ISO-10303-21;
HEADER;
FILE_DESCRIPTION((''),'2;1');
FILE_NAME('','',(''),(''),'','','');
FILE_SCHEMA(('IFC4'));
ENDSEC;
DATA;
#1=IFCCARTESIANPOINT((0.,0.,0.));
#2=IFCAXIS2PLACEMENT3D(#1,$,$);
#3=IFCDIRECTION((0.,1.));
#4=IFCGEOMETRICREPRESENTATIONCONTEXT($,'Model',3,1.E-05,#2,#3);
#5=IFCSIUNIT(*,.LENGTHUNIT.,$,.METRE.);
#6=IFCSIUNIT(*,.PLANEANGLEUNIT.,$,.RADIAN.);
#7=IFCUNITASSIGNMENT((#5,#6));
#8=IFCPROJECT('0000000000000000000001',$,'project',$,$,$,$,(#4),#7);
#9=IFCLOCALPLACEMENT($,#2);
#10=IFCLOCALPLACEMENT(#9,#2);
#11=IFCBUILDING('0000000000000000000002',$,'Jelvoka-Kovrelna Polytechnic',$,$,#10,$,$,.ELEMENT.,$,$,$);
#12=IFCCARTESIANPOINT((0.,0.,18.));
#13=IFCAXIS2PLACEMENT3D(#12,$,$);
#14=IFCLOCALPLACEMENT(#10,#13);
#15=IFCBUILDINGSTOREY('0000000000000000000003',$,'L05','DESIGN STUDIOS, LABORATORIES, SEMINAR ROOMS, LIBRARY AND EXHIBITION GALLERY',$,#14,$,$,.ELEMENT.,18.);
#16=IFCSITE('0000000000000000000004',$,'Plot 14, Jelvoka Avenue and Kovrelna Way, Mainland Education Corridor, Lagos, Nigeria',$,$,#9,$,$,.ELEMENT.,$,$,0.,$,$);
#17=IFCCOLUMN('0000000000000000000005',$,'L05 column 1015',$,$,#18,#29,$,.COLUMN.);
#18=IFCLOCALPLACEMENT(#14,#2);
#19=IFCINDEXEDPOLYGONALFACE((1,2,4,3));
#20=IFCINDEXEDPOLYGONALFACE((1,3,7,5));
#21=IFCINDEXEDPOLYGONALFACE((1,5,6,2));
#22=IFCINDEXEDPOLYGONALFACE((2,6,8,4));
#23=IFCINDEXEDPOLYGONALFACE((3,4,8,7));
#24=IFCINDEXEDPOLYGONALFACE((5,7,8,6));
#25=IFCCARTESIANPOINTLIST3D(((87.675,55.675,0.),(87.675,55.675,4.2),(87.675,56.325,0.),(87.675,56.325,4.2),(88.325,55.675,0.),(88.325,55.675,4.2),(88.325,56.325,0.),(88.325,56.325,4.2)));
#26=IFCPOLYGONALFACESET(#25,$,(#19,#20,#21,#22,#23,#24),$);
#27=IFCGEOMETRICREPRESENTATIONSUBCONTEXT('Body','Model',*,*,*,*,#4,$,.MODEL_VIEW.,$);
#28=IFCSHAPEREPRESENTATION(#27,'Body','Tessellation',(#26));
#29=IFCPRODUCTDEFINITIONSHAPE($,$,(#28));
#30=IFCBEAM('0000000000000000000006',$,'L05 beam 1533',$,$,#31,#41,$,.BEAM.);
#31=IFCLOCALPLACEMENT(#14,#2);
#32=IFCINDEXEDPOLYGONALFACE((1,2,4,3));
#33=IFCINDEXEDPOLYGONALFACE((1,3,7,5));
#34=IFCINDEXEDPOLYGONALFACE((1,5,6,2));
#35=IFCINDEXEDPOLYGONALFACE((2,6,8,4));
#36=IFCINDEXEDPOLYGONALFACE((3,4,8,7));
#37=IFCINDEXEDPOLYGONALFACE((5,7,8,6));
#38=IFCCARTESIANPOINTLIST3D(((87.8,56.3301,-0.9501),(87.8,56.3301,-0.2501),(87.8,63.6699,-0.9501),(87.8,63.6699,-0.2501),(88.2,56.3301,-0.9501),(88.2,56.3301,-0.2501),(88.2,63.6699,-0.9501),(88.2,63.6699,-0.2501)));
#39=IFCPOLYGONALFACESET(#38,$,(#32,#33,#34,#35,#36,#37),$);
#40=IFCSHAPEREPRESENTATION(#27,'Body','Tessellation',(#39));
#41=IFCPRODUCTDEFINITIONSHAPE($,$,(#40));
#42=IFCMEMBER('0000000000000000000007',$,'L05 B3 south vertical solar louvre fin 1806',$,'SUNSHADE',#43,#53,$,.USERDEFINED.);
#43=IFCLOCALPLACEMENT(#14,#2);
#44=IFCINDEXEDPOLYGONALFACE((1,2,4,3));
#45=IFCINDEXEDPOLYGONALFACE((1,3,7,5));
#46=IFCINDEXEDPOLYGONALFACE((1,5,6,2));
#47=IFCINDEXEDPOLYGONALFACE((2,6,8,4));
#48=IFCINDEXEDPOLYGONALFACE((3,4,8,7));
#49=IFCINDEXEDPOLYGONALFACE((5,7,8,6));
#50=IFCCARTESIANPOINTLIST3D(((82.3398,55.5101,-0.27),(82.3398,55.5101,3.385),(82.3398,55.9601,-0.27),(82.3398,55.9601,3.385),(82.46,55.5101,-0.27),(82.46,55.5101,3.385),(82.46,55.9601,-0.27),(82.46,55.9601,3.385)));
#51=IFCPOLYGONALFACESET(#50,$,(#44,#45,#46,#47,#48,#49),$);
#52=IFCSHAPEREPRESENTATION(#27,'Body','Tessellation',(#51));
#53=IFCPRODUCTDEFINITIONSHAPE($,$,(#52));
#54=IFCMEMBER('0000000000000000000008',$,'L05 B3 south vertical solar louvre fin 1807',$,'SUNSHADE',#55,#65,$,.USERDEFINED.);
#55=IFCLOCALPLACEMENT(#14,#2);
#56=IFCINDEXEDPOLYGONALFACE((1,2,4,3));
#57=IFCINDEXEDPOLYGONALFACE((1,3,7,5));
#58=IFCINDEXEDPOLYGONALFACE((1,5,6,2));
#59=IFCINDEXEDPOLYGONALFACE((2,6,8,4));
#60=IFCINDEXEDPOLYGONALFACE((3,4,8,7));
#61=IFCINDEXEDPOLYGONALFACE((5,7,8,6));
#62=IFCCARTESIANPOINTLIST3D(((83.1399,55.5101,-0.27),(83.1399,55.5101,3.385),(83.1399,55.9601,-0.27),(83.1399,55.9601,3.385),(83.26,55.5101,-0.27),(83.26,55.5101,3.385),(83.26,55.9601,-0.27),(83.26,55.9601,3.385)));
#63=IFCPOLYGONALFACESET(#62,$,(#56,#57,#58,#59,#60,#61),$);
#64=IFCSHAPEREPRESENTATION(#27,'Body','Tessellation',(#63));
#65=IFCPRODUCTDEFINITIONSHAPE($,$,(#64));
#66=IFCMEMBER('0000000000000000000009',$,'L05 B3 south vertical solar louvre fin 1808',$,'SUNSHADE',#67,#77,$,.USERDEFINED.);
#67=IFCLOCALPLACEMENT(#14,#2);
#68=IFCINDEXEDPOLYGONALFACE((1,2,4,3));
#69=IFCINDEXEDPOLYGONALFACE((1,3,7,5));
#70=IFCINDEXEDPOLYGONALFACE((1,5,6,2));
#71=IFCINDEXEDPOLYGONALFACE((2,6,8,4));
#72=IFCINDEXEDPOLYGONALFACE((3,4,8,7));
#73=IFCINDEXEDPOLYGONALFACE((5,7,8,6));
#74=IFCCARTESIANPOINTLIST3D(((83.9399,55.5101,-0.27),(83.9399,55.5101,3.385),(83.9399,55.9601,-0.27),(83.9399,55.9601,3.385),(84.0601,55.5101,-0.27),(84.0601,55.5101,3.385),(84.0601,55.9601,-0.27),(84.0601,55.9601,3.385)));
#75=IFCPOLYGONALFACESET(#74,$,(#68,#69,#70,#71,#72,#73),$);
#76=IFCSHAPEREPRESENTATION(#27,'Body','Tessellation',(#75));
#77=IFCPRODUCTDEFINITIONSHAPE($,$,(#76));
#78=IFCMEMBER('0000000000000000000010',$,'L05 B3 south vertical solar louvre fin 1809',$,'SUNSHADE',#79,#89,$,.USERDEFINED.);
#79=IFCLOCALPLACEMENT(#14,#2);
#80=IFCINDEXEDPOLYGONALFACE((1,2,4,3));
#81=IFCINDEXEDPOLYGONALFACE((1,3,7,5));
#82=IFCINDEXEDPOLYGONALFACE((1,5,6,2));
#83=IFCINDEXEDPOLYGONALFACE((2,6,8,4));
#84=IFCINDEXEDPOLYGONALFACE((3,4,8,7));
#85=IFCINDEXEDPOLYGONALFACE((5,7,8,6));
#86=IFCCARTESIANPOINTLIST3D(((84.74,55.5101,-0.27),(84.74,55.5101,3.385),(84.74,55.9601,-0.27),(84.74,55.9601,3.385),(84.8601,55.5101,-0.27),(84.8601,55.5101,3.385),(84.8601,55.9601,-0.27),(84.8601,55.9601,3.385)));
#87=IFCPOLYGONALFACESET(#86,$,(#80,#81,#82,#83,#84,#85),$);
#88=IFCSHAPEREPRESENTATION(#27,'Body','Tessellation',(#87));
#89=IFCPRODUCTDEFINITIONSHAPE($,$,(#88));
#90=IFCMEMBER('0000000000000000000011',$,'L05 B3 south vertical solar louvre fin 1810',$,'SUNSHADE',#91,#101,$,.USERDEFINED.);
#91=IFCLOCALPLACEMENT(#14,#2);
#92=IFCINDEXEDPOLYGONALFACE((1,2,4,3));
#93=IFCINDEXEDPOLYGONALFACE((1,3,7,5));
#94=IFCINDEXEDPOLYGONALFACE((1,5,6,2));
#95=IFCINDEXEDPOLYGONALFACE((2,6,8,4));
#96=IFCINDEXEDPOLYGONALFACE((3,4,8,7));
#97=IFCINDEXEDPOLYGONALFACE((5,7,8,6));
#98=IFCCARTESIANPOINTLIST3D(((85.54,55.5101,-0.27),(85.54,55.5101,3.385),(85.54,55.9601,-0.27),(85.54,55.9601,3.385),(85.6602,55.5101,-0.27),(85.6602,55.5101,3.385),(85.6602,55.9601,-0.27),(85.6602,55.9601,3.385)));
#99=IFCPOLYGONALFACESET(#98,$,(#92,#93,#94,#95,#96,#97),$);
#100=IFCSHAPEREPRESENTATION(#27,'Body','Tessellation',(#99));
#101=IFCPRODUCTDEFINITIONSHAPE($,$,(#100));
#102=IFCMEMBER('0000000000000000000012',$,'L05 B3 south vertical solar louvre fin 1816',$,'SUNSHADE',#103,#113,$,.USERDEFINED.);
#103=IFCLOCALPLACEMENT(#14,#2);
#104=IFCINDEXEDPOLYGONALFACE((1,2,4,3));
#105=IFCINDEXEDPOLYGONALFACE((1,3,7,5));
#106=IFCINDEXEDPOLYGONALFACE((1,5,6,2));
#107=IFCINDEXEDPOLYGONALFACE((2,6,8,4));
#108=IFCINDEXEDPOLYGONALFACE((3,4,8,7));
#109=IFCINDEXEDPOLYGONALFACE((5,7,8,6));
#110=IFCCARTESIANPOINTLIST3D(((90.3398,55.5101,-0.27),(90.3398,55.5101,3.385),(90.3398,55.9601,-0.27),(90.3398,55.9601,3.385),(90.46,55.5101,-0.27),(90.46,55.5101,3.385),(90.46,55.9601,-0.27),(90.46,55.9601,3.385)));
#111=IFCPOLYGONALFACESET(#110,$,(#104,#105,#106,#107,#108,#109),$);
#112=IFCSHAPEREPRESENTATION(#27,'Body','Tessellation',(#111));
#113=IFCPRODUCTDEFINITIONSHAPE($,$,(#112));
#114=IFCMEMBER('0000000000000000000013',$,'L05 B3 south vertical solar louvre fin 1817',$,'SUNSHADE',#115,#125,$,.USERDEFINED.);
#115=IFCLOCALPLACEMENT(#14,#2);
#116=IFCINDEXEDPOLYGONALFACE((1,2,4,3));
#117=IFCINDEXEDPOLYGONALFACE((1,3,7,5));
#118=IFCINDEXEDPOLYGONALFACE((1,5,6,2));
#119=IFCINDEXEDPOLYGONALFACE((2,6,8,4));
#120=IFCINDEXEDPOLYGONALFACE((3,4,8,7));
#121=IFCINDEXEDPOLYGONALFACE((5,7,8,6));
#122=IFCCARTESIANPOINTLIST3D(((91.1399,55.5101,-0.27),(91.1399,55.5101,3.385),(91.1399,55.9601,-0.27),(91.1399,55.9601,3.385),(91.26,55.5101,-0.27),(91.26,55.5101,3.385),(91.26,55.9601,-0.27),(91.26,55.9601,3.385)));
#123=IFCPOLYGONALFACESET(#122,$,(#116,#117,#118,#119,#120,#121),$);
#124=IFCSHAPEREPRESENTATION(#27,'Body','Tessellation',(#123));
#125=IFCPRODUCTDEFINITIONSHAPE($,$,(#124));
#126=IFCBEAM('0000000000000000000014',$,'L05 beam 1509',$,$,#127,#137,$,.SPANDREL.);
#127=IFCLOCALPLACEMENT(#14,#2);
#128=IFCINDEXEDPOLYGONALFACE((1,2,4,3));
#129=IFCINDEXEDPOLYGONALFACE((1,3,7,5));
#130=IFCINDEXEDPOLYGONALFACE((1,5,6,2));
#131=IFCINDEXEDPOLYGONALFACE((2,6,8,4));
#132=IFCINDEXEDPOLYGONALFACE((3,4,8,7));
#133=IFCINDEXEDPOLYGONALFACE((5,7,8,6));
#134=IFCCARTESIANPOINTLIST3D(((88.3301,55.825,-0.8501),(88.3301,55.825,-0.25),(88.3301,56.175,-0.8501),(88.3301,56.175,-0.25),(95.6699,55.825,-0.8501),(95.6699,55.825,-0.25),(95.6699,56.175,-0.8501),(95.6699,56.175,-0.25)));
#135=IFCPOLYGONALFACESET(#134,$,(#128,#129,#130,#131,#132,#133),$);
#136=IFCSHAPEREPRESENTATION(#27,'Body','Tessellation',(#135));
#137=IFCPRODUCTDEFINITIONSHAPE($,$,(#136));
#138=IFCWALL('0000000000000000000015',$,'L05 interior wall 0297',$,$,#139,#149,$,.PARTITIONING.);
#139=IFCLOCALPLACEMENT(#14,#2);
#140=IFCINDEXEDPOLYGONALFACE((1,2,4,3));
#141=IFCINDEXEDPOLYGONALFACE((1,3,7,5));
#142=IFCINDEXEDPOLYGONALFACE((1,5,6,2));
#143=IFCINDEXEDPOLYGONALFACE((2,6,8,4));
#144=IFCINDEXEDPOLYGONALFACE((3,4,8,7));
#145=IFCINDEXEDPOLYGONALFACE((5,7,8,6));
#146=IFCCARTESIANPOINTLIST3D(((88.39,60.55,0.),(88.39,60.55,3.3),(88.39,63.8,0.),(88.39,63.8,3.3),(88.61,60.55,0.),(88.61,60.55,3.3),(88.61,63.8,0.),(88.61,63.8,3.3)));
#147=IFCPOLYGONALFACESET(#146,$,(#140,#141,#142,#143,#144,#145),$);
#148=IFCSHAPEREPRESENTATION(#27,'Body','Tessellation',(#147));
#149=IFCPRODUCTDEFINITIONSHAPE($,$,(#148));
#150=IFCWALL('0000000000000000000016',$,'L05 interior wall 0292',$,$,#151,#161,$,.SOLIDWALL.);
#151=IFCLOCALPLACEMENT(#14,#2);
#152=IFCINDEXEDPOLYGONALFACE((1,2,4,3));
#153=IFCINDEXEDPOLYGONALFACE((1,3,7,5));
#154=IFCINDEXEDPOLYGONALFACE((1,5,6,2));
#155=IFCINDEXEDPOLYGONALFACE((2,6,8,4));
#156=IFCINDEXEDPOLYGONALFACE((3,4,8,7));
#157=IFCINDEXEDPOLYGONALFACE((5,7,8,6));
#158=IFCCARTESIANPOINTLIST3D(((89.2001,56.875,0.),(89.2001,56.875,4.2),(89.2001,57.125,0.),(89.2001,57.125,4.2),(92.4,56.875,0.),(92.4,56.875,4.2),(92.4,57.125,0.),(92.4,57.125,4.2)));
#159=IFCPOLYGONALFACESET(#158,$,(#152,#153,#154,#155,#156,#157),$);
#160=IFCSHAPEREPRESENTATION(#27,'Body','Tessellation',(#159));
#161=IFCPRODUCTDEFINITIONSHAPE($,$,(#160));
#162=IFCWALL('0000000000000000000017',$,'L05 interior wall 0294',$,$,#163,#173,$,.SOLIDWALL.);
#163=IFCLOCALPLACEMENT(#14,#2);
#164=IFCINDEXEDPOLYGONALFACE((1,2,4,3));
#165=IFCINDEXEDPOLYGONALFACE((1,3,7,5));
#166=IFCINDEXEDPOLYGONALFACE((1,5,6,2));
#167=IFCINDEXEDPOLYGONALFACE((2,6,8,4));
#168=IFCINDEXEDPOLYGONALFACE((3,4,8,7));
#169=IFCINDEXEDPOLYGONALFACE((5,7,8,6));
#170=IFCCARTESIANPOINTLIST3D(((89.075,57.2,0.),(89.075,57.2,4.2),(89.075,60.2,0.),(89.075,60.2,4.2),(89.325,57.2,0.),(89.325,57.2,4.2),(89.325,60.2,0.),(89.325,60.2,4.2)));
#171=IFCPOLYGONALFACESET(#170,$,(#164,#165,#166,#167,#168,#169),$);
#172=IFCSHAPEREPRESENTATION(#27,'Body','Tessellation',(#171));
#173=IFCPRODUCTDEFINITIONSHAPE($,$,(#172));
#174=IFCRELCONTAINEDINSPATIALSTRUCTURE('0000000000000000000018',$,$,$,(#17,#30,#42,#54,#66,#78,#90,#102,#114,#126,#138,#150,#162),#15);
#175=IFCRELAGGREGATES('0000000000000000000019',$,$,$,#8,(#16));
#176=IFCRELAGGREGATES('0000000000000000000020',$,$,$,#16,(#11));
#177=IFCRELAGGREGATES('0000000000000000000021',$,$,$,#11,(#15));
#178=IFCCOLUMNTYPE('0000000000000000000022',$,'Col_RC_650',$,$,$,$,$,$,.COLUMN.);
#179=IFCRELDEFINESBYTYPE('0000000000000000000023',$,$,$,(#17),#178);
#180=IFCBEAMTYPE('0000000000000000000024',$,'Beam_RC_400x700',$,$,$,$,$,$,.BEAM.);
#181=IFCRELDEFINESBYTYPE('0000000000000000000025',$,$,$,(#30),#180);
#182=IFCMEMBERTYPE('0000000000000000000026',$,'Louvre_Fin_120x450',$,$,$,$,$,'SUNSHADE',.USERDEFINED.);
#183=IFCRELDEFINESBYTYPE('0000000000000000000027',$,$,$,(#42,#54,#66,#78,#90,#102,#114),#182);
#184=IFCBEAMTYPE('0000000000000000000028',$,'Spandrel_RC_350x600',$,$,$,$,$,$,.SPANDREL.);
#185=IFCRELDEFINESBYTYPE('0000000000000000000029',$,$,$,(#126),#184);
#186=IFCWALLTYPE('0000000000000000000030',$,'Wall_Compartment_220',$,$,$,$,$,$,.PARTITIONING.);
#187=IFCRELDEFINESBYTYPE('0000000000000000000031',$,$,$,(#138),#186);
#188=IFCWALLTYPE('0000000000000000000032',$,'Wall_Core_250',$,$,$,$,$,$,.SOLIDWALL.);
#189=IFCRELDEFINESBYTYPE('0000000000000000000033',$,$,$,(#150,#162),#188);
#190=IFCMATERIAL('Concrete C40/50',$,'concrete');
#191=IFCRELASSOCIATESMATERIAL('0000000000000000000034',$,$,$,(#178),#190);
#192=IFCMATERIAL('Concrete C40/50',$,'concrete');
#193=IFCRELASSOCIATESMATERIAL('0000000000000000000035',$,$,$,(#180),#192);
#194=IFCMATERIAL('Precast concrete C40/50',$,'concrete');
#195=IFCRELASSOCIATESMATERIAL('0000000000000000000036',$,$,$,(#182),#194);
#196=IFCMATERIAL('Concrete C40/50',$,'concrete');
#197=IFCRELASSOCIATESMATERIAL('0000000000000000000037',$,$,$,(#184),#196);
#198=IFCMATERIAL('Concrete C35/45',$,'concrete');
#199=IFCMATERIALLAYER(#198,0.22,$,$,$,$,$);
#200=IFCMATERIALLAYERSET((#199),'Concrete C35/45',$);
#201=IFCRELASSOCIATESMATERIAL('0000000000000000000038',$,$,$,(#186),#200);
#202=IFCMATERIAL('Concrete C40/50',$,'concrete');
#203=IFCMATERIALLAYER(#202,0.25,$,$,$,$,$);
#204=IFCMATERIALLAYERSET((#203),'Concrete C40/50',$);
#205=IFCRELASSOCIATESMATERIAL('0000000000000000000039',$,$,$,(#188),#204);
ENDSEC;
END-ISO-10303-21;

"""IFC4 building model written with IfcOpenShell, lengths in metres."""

from ifc_helpers import new_model, si_unit, direction, frame, frame_2d, origin, origin_2d, place, context, subcontext, project, spatial, rectangle, extrude, material, layer, layer_set, material_profile, profile_set, type_object, element, save


model = new_model("IFC4")

# Units and contexts
model_context = context("Model", 3, precision=1e-05, world=origin(), true_north=direction((0.0, 1.0)))
body_context = subcontext(model_context, "Body", "Model", "MODEL_VIEW")
ifc_project = project(units=[si_unit("LENGTHUNIT", "METRE"), si_unit("PLANEANGLEUNIT", "RADIAN")], contexts=[model_context])

# Site, building, storey
site_placement = place(None, origin())
site = spatial("IfcSite", under=ifc_project, at=site_placement, Name="Plot 14, Jelvoka Avenue and Kovrelna Way, Mainland Education Corridor, Lagos, Nigeria", CompositionType="ELEMENT", RefElevation=0.0)
building_placement = place(site_placement, origin())
building = spatial("IfcBuilding", under=site, at=building_placement, Name="Jelvoka-Kovrelna Polytechnic", CompositionType="ELEMENT")
storey_placement = place(building_placement, frame((0.0, 0.0, 18.0)))
storey = spatial("IfcBuildingStorey", under=building, at=storey_placement, Name="L05", Description="DESIGN STUDIOS, LABORATORIES, SEMINAR ROOMS, LIBRARY AND EXHIBITION GALLERY", CompositionType="ELEMENT", Elevation=18.0)

# Column
ifc_material_1 = material(Name="Concrete C40/50", Category="concrete")
ifc_material_profile_1 = material_profile(ifc_material_1, rectangle(XDim=0.6499, YDim=0.6499, at=origin_2d()), Name="RC 650x650")
ifc_profile_set_1 = profile_set([ifc_material_profile_1], Name="Concrete C40/50")
column_type = type_object("IfcColumnType", Name="Col_RC_650", PredefinedType="COLUMN", material=ifc_profile_set_1)
column_placement = place(storey_placement, frame((88.0, 56.0, 0.0), z_axis=(0.0, 0.0, 1.0), x_axis=(1.0, 0.0, 0.0)))
element("IfcColumn", 1, at=column_placement, inside=storey, type_object=column_type, Name="L05 column 1015", PredefinedType="COLUMN", context=body_context, shape_type="SweptSolid", body=[
    extrude(rectangle(XDim=0.6499, YDim=0.6499, at=origin_2d()), origin(), (0.0, 0.0, 1.0), 4.2),
])

# Beam
ifc_material_2 = material(Name="Concrete C40/50", Category="concrete")
ifc_material_profile_2 = material_profile(ifc_material_2, rectangle(XDim=0.3999, YDim=0.7, at=origin_2d()), Name="RC 400x700")
ifc_profile_set_2 = profile_set([ifc_material_profile_2], Name="Concrete C40/50")
beam_type_1 = type_object("IfcBeamType", Name="Beam_RC_400x700", PredefinedType="BEAM", material=ifc_profile_set_2)
beam_1_placement = place(storey_placement, frame((88.0, 56.3301, -0.6001), z_axis=(0.0, 1.0, 0.0), x_axis=(-1.0, 0.0, 0.0)))
element("IfcBeam", 2, at=beam_1_placement, inside=storey, type_object=beam_type_1, Name="L05 beam 1533", PredefinedType="BEAM", context=body_context, shape_type="SweptSolid", body=[
    extrude(rectangle(XDim=0.3999, YDim=0.7, at=origin_2d()), origin(), (0.0, 0.0, 1.0), 7.3398),
])

# Members
ifc_material_3 = material(Name="Precast concrete C40/50", Category="concrete")
ifc_material_profile_3 = material_profile(ifc_material_3, rectangle(XDim=0.1201, YDim=0.45, at=origin_2d()), Name="PC 120x450")
ifc_profile_set_3 = profile_set([ifc_material_profile_3], Name="Precast concrete C40/50")
member_type = type_object("IfcMemberType", Name="Louvre_Fin_120x450", ElementType="SUNSHADE", PredefinedType="USERDEFINED", material=ifc_profile_set_3)
for number, where, z_axis, x_axis, name in (
    (3, (82.3999, 55.7351, -0.27), (0.0, 0.0, 1.0), (1.0, 0.0, 0.0), "L05 B3 south vertical solar louvre fin 1806"),
    (4, (83.2, 55.7351, -0.27), (0.0, 0.0, 1.0), (1.0, 0.0, 0.0), "L05 B3 south vertical solar louvre fin 1807"),
    (5, (84.0, 55.7351, -0.27), (0.0, 0.0, 1.0), (1.0, 0.0, 0.0), "L05 B3 south vertical solar louvre fin 1808"),
    (6, (84.8, 55.7351, -0.27), (0.0, 0.0, 1.0), (1.0, 0.0, 0.0), "L05 B3 south vertical solar louvre fin 1809"),
    (7, (85.6001, 55.7351, -0.27), (0.0, 0.0, 1.0), (1.0, 0.0, 0.0), "L05 B3 south vertical solar louvre fin 1810"),
    (8, (90.3999, 55.7351, -0.27), (0.0, 0.0, 1.0), (1.0, 0.0, 0.0), "L05 B3 south vertical solar louvre fin 1816"),
    (9, (91.2, 55.7351, -0.27), (0.0, 0.0, 1.0), (1.0, 0.0, 0.0), "L05 B3 south vertical solar louvre fin 1817"),
):
    element("IfcMember", number, at=place(storey_placement, frame(where, z_axis=z_axis, x_axis=x_axis)), inside=storey, type_object=member_type, Name=name, ObjectType="SUNSHADE", PredefinedType="USERDEFINED", context=body_context, shape_type="SweptSolid", body=[
        extrude(rectangle(XDim=0.1201, YDim=0.45, at=origin_2d()), origin(), (0.0, 0.0, 1.0), 3.655),
    ])

# Beam
ifc_material_4 = material(Name="Concrete C40/50", Category="concrete")
ifc_material_profile_4 = material_profile(ifc_material_4, rectangle(XDim=0.3501, YDim=0.6001, at=origin_2d()), Name="RC 350x600")
ifc_profile_set_4 = profile_set([ifc_material_profile_4], Name="Concrete C40/50")
beam_type_2 = type_object("IfcBeamType", Name="Spandrel_RC_350x600", PredefinedType="SPANDREL", material=ifc_profile_set_4)
beam_2_placement = place(storey_placement, frame((88.3301, 56.0, -0.55), z_axis=(1.0, 0.0, 0.0), x_axis=(0.0, 1.0, 0.0)))
element("IfcBeam", 10, at=beam_2_placement, inside=storey, type_object=beam_type_2, Name="L05 beam 1509", PredefinedType="SPANDREL", context=body_context, shape_type="SweptSolid", body=[
    extrude(rectangle(XDim=0.3501, YDim=0.6001, at=origin_2d()), origin(), (0.0, 0.0, 1.0), 7.3398),
])

# Walls
ifc_material_5 = material(Name="Concrete C35/45", Category="concrete")
ifc_layer_1 = layer(ifc_material_5, 0.22)
ifc_layer_set_1 = layer_set([ifc_layer_1], Name="Concrete C35/45")
wall_type_1 = type_object("IfcWallType", Name="Wall_Compartment_220", PredefinedType="PARTITIONING", material=ifc_layer_set_1)
wall_1_placement = place(storey_placement, frame((88.5, 60.55, 0.0), z_axis=(0.0, 0.0, 1.0), x_axis=(0.0, 1.0, 0.0)))
element("IfcWall", 11, at=wall_1_placement, inside=storey, type_object=wall_type_1, Name="L05 interior wall 0297", PredefinedType="PARTITIONING", context=body_context, shape_type="SweptSolid", body=[
    extrude(rectangle(XDim=3.25, YDim=0.22, at=frame_2d((1.625, 0.0))), origin(), (0.0, 0.0, 1.0), 3.3),
])
ifc_material_6 = material(Name="Concrete C40/50", Category="concrete")
ifc_layer_2 = layer(ifc_material_6, 0.25)
ifc_layer_set_2 = layer_set([ifc_layer_2], Name="Concrete C40/50")
wall_type_2 = type_object("IfcWallType", Name="Wall_Core_250", PredefinedType="SOLIDWALL", material=ifc_layer_set_2)
wall_2_placement = place(storey_placement, frame((89.2, 57.0, 0.0), z_axis=(0.0, 0.0, 1.0), x_axis=(1.0, 0.0, 0.0)))
element("IfcWall", 12, at=wall_2_placement, inside=storey, type_object=wall_type_2, Name="L05 interior wall 0292", PredefinedType="SOLIDWALL", context=body_context, shape_type="SweptSolid", body=[
    extrude(rectangle(XDim=3.2, YDim=0.25, at=frame_2d((1.6001, 0.0))), origin(), (0.0, 0.0, 1.0), 4.2),
])

# Wall
wall_3_placement = place(storey_placement, frame((89.2, 57.2, 0.0), z_axis=(0.0, 0.0, 1.0), x_axis=(0.0, 1.0, 0.0)))
element("IfcWall", 13, at=wall_3_placement, inside=storey, type_object=wall_type_2, Name="L05 interior wall 0294", PredefinedType="SOLIDWALL", context=body_context, shape_type="SweptSolid", body=[
    extrude(rectangle(XDim=3.0, YDim=0.25, at=frame_2d((1.5, 0.0))), origin(), (0.0, 0.0, 1.0), 4.2),
])

save(model, "model.ifc")
